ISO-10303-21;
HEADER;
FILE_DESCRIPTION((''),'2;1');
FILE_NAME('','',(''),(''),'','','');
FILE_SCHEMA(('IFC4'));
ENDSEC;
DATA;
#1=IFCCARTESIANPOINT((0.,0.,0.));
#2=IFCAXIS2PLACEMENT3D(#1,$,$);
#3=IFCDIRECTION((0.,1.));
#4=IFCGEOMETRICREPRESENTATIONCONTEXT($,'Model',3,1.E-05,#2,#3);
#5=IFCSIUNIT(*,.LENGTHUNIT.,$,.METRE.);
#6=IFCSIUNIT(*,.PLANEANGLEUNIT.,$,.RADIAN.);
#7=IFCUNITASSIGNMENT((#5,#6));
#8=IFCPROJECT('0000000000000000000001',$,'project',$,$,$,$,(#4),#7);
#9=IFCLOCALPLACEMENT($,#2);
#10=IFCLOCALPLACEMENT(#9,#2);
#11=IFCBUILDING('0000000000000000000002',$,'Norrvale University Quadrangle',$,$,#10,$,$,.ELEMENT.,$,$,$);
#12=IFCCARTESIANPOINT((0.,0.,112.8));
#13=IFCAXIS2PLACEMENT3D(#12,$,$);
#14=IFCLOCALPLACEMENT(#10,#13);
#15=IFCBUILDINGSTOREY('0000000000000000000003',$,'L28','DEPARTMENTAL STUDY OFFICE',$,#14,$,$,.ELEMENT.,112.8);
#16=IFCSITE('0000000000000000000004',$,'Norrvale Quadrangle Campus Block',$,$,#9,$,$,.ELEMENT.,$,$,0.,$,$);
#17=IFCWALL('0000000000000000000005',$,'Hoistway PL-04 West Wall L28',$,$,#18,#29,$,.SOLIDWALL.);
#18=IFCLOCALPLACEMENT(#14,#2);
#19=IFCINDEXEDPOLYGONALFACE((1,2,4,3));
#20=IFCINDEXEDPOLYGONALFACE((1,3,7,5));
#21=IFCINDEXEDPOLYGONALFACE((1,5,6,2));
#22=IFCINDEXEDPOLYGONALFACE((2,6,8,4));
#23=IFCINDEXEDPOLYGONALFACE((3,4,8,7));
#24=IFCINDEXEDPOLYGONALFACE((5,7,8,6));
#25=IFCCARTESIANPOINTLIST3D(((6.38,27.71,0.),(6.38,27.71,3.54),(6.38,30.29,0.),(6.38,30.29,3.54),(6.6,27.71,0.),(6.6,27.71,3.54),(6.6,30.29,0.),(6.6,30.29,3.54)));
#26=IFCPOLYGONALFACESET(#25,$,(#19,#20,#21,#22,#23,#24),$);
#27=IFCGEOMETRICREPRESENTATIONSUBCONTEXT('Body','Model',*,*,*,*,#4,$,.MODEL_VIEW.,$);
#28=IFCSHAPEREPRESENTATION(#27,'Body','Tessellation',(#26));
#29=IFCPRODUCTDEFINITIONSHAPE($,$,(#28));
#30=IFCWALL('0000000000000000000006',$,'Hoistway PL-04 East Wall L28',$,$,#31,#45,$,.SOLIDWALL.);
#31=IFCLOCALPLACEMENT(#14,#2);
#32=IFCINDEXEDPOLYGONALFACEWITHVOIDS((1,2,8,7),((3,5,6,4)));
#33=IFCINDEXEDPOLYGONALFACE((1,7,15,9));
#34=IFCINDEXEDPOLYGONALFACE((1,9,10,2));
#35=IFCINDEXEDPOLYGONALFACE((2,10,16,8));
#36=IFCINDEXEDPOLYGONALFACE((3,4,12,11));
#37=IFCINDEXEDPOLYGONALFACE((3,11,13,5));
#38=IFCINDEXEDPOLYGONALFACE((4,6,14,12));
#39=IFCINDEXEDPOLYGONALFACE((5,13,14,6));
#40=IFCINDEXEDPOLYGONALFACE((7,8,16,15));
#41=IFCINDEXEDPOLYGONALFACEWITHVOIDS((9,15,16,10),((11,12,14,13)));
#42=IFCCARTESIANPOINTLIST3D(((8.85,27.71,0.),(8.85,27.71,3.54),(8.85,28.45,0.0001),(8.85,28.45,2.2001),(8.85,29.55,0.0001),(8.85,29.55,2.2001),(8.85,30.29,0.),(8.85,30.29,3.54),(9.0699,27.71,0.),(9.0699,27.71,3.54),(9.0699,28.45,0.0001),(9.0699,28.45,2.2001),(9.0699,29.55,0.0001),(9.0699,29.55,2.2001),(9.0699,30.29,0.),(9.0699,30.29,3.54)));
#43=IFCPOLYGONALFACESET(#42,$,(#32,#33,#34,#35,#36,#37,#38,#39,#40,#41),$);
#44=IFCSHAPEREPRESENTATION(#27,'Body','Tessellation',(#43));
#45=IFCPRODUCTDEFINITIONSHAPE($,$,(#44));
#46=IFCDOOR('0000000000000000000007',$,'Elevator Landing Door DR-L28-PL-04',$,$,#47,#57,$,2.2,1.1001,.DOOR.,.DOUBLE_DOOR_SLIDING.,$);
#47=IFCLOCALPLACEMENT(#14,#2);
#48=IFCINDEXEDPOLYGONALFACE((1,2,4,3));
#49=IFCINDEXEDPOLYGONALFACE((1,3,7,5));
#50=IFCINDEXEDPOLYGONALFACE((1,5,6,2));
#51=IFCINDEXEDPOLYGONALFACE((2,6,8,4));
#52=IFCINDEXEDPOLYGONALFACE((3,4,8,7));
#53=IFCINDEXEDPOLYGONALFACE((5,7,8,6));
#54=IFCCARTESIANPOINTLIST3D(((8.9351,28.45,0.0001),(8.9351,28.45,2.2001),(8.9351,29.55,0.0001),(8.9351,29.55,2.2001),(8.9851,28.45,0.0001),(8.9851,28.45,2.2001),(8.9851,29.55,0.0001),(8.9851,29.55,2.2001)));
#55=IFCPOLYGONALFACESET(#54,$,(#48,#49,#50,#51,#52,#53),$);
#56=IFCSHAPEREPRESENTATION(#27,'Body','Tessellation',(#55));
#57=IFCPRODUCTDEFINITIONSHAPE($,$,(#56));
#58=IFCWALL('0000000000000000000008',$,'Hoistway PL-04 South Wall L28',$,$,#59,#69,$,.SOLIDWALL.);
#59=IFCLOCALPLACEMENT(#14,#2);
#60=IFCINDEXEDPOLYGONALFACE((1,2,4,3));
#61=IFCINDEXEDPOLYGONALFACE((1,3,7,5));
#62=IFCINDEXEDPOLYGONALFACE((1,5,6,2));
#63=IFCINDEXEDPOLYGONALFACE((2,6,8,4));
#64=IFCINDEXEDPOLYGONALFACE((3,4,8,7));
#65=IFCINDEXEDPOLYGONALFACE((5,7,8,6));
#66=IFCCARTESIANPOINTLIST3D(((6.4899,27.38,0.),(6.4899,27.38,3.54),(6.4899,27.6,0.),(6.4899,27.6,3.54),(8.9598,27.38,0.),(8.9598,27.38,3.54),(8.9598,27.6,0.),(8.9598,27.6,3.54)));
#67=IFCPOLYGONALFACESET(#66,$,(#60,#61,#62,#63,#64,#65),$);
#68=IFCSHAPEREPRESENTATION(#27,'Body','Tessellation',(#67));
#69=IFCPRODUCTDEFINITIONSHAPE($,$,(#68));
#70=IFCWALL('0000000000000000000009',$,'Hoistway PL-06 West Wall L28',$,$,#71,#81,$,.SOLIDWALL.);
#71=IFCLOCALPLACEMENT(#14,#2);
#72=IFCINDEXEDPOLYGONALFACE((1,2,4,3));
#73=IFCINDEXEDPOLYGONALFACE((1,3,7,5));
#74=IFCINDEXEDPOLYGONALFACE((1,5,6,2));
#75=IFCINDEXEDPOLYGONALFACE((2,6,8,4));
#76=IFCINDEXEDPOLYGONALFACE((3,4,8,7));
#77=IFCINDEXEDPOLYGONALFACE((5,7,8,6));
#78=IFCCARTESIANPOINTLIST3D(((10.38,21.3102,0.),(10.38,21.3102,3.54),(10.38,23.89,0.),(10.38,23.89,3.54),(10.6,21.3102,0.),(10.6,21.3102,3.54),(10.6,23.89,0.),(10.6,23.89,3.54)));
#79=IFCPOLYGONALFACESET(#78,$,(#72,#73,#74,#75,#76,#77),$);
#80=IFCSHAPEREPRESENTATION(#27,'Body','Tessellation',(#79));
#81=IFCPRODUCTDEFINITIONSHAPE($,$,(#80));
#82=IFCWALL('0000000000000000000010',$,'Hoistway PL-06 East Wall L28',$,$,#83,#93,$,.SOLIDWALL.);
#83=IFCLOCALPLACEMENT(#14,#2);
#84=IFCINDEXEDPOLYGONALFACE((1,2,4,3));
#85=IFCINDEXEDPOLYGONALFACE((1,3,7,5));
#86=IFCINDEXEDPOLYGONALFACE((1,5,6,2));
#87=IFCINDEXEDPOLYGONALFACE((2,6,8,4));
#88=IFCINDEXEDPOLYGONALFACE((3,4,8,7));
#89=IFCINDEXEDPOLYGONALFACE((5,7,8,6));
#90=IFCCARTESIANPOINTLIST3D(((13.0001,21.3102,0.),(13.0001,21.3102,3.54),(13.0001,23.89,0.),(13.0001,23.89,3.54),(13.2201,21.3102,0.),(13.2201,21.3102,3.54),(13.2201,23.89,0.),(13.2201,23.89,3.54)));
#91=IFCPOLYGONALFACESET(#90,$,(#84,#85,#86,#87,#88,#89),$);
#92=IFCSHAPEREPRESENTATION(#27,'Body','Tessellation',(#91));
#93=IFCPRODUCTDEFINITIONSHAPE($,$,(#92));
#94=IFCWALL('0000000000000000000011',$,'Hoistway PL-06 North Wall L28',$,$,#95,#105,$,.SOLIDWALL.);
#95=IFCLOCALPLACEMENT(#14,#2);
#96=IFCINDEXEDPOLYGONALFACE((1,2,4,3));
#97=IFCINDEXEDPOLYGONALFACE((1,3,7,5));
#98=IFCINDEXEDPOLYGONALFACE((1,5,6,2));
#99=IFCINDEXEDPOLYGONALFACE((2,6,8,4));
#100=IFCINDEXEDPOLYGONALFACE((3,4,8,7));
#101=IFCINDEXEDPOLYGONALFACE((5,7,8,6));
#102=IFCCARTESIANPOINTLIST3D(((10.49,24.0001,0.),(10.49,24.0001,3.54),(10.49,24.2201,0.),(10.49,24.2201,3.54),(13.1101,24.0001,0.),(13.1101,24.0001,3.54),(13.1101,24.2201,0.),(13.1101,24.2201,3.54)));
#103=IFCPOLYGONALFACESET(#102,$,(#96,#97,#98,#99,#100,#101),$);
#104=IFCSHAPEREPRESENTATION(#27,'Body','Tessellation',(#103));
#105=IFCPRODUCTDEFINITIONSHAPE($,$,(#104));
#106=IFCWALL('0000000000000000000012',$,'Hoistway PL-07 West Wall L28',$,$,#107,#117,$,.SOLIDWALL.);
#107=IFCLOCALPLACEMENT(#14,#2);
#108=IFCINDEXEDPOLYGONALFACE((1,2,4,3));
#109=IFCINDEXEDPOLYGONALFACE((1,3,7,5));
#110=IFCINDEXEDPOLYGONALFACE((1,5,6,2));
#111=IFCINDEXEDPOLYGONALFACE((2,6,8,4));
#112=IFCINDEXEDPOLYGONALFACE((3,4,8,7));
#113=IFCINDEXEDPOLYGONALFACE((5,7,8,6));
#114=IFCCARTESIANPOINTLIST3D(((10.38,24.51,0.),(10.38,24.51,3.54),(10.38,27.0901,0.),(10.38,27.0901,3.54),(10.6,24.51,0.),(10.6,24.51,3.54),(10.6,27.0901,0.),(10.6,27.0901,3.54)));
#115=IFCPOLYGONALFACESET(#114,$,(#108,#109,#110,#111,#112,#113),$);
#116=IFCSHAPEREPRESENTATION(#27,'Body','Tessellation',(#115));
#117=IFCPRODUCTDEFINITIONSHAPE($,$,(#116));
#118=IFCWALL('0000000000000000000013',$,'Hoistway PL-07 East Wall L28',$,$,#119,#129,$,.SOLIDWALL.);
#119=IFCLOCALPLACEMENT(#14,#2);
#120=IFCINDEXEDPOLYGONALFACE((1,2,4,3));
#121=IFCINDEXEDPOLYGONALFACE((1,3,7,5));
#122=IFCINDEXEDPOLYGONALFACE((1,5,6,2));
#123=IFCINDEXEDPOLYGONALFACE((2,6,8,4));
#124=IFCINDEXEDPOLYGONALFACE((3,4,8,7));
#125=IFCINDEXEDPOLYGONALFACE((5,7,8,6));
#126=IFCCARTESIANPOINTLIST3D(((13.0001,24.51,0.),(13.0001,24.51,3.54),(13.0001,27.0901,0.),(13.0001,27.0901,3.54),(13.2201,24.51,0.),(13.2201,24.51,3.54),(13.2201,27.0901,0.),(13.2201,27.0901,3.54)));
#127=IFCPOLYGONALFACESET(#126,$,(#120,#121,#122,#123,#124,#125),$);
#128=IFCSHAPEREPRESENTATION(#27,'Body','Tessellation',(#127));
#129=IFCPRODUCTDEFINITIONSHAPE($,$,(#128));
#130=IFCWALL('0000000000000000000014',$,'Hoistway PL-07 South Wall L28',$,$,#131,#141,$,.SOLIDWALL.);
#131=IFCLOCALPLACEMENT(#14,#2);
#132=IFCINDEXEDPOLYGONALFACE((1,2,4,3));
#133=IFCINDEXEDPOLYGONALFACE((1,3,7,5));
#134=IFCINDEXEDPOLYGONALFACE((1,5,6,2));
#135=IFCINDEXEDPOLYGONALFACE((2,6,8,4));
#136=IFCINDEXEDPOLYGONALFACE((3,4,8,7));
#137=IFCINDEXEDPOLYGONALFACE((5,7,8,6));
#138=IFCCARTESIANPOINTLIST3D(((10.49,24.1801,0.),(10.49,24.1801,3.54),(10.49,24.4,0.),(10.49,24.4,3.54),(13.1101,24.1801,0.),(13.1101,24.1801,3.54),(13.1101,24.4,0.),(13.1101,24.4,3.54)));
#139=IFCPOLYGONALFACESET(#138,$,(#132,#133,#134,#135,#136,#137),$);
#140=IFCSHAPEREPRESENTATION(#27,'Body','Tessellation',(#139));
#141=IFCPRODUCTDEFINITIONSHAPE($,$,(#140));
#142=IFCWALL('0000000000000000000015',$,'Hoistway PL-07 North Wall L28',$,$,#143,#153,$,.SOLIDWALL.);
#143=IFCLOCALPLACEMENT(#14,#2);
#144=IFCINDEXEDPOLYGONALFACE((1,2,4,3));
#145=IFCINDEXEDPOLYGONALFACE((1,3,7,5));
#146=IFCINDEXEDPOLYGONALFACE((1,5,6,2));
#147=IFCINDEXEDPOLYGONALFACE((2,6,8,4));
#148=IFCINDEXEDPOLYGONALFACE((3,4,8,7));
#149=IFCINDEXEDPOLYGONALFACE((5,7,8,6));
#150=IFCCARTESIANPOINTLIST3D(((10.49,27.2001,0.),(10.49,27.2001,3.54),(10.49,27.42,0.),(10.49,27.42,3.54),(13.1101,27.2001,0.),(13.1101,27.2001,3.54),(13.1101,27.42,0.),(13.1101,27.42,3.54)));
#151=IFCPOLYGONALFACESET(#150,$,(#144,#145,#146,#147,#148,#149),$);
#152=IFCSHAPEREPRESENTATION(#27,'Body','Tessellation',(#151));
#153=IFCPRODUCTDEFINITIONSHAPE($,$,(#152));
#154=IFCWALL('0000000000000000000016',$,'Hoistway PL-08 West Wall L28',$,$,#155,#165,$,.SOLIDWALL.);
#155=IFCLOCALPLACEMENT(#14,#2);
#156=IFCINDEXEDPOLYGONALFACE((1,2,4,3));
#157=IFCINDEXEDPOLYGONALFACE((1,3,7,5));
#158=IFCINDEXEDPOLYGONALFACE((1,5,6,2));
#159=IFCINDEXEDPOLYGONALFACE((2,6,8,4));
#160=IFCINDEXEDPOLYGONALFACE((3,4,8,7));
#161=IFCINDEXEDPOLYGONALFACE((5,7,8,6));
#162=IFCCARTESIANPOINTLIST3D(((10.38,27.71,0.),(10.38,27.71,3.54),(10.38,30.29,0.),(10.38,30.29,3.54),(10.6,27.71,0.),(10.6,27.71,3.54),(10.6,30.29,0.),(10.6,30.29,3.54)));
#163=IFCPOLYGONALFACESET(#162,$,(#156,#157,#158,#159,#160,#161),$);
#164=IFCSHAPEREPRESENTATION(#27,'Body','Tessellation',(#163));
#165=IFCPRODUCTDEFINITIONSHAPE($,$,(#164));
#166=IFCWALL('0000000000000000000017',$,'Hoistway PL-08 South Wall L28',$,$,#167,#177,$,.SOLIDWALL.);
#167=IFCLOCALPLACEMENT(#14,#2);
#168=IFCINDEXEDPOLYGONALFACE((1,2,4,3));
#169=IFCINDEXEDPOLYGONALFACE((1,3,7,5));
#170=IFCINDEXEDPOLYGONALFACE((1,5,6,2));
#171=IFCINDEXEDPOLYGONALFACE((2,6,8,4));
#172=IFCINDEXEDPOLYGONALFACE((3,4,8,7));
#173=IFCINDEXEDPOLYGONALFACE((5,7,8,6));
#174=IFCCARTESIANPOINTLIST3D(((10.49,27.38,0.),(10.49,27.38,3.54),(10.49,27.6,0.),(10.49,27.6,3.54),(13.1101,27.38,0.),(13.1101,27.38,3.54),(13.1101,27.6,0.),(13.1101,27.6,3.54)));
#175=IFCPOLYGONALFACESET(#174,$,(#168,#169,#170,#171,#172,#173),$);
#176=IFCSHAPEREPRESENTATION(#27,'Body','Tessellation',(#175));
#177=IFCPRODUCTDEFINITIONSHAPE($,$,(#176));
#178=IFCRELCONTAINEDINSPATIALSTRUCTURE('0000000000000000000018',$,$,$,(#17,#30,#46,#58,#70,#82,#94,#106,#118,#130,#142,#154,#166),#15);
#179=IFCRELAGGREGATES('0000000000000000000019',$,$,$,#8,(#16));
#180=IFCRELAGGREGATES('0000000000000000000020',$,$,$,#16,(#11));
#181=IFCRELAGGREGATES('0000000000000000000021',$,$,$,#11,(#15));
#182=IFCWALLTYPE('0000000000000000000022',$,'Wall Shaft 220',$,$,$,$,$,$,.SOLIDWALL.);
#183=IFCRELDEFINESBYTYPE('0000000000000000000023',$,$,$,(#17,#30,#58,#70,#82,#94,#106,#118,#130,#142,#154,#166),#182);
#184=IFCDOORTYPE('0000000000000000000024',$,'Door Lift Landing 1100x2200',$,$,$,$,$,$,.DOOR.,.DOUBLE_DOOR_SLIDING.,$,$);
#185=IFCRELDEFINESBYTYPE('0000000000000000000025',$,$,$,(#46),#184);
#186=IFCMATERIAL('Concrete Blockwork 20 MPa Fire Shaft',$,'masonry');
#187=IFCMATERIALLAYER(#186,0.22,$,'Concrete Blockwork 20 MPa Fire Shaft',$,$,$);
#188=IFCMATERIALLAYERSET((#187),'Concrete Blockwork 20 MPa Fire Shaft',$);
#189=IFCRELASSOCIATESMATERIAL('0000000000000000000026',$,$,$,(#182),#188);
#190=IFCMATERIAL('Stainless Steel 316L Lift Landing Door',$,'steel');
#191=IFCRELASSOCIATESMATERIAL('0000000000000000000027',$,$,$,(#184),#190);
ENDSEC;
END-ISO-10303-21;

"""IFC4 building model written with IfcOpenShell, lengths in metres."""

from ifc_helpers import new_model, si_unit, direction, frame, frame_2d, origin, place, context, subcontext, project, spatial, rectangle, extrude, material, layer, layer_set, type_object, element, fill, save


model = new_model("IFC4")

# Units and contexts
model_context = context("Model", 3, precision=1e-05, world=origin(), true_north=direction((0.0, 1.0)))
body_context = subcontext(model_context, "Body", "Model", "MODEL_VIEW")
ifc_project = project(units=[si_unit("LENGTHUNIT", "METRE"), si_unit("PLANEANGLEUNIT", "RADIAN")], contexts=[model_context])

# Site, building, storey
site_placement = place(None, origin())
site = spatial("IfcSite", under=ifc_project, at=site_placement, Name="Norrvale Quadrangle Campus Block", CompositionType="ELEMENT", RefElevation=0.0)
building_placement = place(site_placement, origin())
building = spatial("IfcBuilding", under=site, at=building_placement, Name="Norrvale University Quadrangle", CompositionType="ELEMENT")
storey_placement = place(building_placement, frame((0.0, 0.0, 112.8)))
storey = spatial("IfcBuildingStorey", under=building, at=storey_placement, Name="L28", Description="DEPARTMENTAL STUDY OFFICE", CompositionType="ELEMENT", Elevation=112.8)

# Shared definitions
ifc_material_1 = material(Name="Concrete Blockwork 20 MPa Fire Shaft", Category="masonry")
ifc_layer_1 = layer(ifc_material_1, 0.22, Name="Concrete Blockwork 20 MPa Fire Shaft")
ifc_layer_set_1 = layer_set([ifc_layer_1], Name="Concrete Blockwork 20 MPa Fire Shaft")
wall_type_1 = type_object("IfcWallType", Name="Wall Shaft 220", PredefinedType="SOLIDWALL", material=ifc_layer_set_1)

# Shared definitions
ifc_material_2 = material(Name="Stainless Steel 316L Lift Landing Door", Category="steel")
door_type_1 = type_object("IfcDoorType", Name="Door Lift Landing 1100x2200", OperationType="DOUBLE_DOOR_SLIDING", PredefinedType="DOOR", material=ifc_material_2)

# Wall
wall_1_placement = place(storey_placement, frame((6.49, 27.71, 0.0), z_axis=(0.0, 0.0, 1.0), x_axis=(0.0, 1.0, 0.0)))
element("IfcWall", 1, at=wall_1_placement, inside=storey, type_object=wall_type_1, Name="Hoistway PL-04 West Wall L28", PredefinedType="SOLIDWALL", context=body_context, shape_type="SweptSolid", body=[
    extrude(rectangle(XDim=2.5801, YDim=0.22, at=frame_2d((1.29, 0.0))), origin(), (0.0, 0.0, 1.0), 3.54),
])

# Wall, opening, door
wall_2_placement = place(storey_placement, frame((8.96, 27.71, 0.0), z_axis=(0.0, 0.0, 1.0), x_axis=(0.0, 1.0, 0.0)))
wall_2 = element("IfcWall", 2, at=wall_2_placement, inside=storey, type_object=wall_type_1, Name="Hoistway PL-04 East Wall L28", PredefinedType="SOLIDWALL", context=body_context, shape_type="SweptSolid", body=[
    extrude(rectangle(XDim=2.5801, YDim=0.22, at=frame_2d((1.29, 0.0))), origin(), (0.0, 0.0, 1.0), 3.54),
])
opening_1_placement = place(wall_2_placement, frame((0.74, 0.0, 0.0)))
opening_1 = element("IfcOpeningElement", 3, at=opening_1_placement, cuts=wall_2, PredefinedType="OPENING", context=body_context, shape_type="SweptSolid", body=[
    extrude(rectangle(XDim=1.1001, YDim=2.2, at=frame_2d((0.55, 1.1001))), frame((0.0, 0.1221, 0.0), z_axis=(0.0, -1.0, 0.0), x_axis=(1.0, 0.0, 0.0)), (0.0, 0.0, 1.0), 0.2439),
])
door_1_placement = place(opening_1_placement, origin())
door_1 = element("IfcDoor", 4, at=door_1_placement, inside=storey, type_object=door_type_1, Name="Elevator Landing Door DR-L28-PL-04", OperationType="DOUBLE_DOOR_SLIDING", OverallHeight=2.2, OverallWidth=1.1001, PredefinedType="DOOR", context=body_context, shape_type="SweptSolid", body=[
    extrude(rectangle(XDim=1.1001, YDim=2.2, at=frame_2d((0.55, 1.1001))), frame((0.0, 0.0249, 0.0), z_axis=(0.0, -1.0, 0.0), x_axis=(1.0, 0.0, 0.0)), (0.0, 0.0, 1.0), 0.05),
])
fill(opening_1, door_1)

# Walls
wall_3_placement = place(storey_placement, frame((6.49, 27.49, 0.0), z_axis=(0.0, 0.0, 1.0), x_axis=(1.0, 0.0, 0.0)))
element("IfcWall", 5, at=wall_3_placement, inside=storey, type_object=wall_type_1, Name="Hoistway PL-04 South Wall L28", PredefinedType="SOLIDWALL", context=body_context, shape_type="SweptSolid", body=[
    extrude(rectangle(XDim=2.47, YDim=0.22, at=frame_2d((1.2349, 0.0))), origin(), (0.0, 0.0, 1.0), 3.54),
])
for number, where, z_axis, x_axis, name in (
    (6, (10.49, 21.3101, 0.0), (0.0, 0.0, 1.0), (0.0, 1.0, 0.0), "Hoistway PL-06 West Wall L28"),
    (7, (13.1101, 21.3101, 0.0), (0.0, 0.0, 1.0), (0.0, 1.0, 0.0), "Hoistway PL-06 East Wall L28"),
):
    element("IfcWall", number, at=place(storey_placement, frame(where, z_axis=z_axis, x_axis=x_axis)), inside=storey, type_object=wall_type_1, Name=name, PredefinedType="SOLIDWALL", context=body_context, shape_type="SweptSolid", body=[
        extrude(rectangle(XDim=2.5798, YDim=0.22, at=frame_2d((1.29, 0.0))), origin(), (0.0, 0.0, 1.0), 3.54),
    ])
wall_4_placement = place(storey_placement, frame((10.49, 24.1101, 0.0), z_axis=(0.0, 0.0, 1.0), x_axis=(1.0, 0.0, 0.0)))
element("IfcWall", 8, at=wall_4_placement, inside=storey, type_object=wall_type_1, Name="Hoistway PL-06 North Wall L28", PredefinedType="SOLIDWALL", context=body_context, shape_type="SweptSolid", body=[
    extrude(rectangle(XDim=2.6201, YDim=0.22, at=frame_2d((1.3101, 0.0))), origin(), (0.0, 0.0, 1.0), 3.54),
])
for number, where, z_axis, x_axis, name in (
    (9, (10.49, 24.51, 0.0), (0.0, 0.0, 1.0), (0.0, 1.0, 0.0), "Hoistway PL-07 West Wall L28"),
    (10, (13.1101, 24.51, 0.0), (0.0, 0.0, 1.0), (0.0, 1.0, 0.0), "Hoistway PL-07 East Wall L28"),
):
    element("IfcWall", number, at=place(storey_placement, frame(where, z_axis=z_axis, x_axis=x_axis)), inside=storey, type_object=wall_type_1, Name=name, PredefinedType="SOLIDWALL", context=body_context, shape_type="SweptSolid", body=[
        extrude(rectangle(XDim=2.5801, YDim=0.22, at=frame_2d((1.29, 0.0))), origin(), (0.0, 0.0, 1.0), 3.54),
    ])
for number, where, z_axis, x_axis, name in (
    (11, (10.49, 24.29, 0.0), (0.0, 0.0, 1.0), (1.0, 0.0, 0.0), "Hoistway PL-07 South Wall L28"),
    (12, (10.49, 27.3101, 0.0), (0.0, 0.0, 1.0), (1.0, 0.0, 0.0), "Hoistway PL-07 North Wall L28"),
):
    element("IfcWall", number, at=place(storey_placement, frame(where, z_axis=z_axis, x_axis=x_axis)), inside=storey, type_object=wall_type_1, Name=name, PredefinedType="SOLIDWALL", context=body_context, shape_type="SweptSolid", body=[
        extrude(rectangle(XDim=2.6201, YDim=0.22, at=frame_2d((1.3101, 0.0))), origin(), (0.0, 0.0, 1.0), 3.54),
    ])
wall_5_placement = place(storey_placement, frame((10.49, 27.71, 0.0), z_axis=(0.0, 0.0, 1.0), x_axis=(0.0, 1.0, 0.0)))
element("IfcWall", 13, at=wall_5_placement, inside=storey, type_object=wall_type_1, Name="Hoistway PL-08 West Wall L28", PredefinedType="SOLIDWALL", context=body_context, shape_type="SweptSolid", body=[
    extrude(rectangle(XDim=2.5801, YDim=0.22, at=frame_2d((1.29, 0.0))), origin(), (0.0, 0.0, 1.0), 3.54),
])
wall_6_placement = place(storey_placement, frame((10.49, 27.49, 0.0), z_axis=(0.0, 0.0, 1.0), x_axis=(1.0, 0.0, 0.0)))
element("IfcWall", 14, at=wall_6_placement, inside=storey, type_object=wall_type_1, Name="Hoistway PL-08 South Wall L28", PredefinedType="SOLIDWALL", context=body_context, shape_type="SweptSolid", body=[
    extrude(rectangle(XDim=2.6201, YDim=0.22, at=frame_2d((1.3101, 0.0))), origin(), (0.0, 0.0, 1.0), 3.54),
])

save(model, "model.ifc")
